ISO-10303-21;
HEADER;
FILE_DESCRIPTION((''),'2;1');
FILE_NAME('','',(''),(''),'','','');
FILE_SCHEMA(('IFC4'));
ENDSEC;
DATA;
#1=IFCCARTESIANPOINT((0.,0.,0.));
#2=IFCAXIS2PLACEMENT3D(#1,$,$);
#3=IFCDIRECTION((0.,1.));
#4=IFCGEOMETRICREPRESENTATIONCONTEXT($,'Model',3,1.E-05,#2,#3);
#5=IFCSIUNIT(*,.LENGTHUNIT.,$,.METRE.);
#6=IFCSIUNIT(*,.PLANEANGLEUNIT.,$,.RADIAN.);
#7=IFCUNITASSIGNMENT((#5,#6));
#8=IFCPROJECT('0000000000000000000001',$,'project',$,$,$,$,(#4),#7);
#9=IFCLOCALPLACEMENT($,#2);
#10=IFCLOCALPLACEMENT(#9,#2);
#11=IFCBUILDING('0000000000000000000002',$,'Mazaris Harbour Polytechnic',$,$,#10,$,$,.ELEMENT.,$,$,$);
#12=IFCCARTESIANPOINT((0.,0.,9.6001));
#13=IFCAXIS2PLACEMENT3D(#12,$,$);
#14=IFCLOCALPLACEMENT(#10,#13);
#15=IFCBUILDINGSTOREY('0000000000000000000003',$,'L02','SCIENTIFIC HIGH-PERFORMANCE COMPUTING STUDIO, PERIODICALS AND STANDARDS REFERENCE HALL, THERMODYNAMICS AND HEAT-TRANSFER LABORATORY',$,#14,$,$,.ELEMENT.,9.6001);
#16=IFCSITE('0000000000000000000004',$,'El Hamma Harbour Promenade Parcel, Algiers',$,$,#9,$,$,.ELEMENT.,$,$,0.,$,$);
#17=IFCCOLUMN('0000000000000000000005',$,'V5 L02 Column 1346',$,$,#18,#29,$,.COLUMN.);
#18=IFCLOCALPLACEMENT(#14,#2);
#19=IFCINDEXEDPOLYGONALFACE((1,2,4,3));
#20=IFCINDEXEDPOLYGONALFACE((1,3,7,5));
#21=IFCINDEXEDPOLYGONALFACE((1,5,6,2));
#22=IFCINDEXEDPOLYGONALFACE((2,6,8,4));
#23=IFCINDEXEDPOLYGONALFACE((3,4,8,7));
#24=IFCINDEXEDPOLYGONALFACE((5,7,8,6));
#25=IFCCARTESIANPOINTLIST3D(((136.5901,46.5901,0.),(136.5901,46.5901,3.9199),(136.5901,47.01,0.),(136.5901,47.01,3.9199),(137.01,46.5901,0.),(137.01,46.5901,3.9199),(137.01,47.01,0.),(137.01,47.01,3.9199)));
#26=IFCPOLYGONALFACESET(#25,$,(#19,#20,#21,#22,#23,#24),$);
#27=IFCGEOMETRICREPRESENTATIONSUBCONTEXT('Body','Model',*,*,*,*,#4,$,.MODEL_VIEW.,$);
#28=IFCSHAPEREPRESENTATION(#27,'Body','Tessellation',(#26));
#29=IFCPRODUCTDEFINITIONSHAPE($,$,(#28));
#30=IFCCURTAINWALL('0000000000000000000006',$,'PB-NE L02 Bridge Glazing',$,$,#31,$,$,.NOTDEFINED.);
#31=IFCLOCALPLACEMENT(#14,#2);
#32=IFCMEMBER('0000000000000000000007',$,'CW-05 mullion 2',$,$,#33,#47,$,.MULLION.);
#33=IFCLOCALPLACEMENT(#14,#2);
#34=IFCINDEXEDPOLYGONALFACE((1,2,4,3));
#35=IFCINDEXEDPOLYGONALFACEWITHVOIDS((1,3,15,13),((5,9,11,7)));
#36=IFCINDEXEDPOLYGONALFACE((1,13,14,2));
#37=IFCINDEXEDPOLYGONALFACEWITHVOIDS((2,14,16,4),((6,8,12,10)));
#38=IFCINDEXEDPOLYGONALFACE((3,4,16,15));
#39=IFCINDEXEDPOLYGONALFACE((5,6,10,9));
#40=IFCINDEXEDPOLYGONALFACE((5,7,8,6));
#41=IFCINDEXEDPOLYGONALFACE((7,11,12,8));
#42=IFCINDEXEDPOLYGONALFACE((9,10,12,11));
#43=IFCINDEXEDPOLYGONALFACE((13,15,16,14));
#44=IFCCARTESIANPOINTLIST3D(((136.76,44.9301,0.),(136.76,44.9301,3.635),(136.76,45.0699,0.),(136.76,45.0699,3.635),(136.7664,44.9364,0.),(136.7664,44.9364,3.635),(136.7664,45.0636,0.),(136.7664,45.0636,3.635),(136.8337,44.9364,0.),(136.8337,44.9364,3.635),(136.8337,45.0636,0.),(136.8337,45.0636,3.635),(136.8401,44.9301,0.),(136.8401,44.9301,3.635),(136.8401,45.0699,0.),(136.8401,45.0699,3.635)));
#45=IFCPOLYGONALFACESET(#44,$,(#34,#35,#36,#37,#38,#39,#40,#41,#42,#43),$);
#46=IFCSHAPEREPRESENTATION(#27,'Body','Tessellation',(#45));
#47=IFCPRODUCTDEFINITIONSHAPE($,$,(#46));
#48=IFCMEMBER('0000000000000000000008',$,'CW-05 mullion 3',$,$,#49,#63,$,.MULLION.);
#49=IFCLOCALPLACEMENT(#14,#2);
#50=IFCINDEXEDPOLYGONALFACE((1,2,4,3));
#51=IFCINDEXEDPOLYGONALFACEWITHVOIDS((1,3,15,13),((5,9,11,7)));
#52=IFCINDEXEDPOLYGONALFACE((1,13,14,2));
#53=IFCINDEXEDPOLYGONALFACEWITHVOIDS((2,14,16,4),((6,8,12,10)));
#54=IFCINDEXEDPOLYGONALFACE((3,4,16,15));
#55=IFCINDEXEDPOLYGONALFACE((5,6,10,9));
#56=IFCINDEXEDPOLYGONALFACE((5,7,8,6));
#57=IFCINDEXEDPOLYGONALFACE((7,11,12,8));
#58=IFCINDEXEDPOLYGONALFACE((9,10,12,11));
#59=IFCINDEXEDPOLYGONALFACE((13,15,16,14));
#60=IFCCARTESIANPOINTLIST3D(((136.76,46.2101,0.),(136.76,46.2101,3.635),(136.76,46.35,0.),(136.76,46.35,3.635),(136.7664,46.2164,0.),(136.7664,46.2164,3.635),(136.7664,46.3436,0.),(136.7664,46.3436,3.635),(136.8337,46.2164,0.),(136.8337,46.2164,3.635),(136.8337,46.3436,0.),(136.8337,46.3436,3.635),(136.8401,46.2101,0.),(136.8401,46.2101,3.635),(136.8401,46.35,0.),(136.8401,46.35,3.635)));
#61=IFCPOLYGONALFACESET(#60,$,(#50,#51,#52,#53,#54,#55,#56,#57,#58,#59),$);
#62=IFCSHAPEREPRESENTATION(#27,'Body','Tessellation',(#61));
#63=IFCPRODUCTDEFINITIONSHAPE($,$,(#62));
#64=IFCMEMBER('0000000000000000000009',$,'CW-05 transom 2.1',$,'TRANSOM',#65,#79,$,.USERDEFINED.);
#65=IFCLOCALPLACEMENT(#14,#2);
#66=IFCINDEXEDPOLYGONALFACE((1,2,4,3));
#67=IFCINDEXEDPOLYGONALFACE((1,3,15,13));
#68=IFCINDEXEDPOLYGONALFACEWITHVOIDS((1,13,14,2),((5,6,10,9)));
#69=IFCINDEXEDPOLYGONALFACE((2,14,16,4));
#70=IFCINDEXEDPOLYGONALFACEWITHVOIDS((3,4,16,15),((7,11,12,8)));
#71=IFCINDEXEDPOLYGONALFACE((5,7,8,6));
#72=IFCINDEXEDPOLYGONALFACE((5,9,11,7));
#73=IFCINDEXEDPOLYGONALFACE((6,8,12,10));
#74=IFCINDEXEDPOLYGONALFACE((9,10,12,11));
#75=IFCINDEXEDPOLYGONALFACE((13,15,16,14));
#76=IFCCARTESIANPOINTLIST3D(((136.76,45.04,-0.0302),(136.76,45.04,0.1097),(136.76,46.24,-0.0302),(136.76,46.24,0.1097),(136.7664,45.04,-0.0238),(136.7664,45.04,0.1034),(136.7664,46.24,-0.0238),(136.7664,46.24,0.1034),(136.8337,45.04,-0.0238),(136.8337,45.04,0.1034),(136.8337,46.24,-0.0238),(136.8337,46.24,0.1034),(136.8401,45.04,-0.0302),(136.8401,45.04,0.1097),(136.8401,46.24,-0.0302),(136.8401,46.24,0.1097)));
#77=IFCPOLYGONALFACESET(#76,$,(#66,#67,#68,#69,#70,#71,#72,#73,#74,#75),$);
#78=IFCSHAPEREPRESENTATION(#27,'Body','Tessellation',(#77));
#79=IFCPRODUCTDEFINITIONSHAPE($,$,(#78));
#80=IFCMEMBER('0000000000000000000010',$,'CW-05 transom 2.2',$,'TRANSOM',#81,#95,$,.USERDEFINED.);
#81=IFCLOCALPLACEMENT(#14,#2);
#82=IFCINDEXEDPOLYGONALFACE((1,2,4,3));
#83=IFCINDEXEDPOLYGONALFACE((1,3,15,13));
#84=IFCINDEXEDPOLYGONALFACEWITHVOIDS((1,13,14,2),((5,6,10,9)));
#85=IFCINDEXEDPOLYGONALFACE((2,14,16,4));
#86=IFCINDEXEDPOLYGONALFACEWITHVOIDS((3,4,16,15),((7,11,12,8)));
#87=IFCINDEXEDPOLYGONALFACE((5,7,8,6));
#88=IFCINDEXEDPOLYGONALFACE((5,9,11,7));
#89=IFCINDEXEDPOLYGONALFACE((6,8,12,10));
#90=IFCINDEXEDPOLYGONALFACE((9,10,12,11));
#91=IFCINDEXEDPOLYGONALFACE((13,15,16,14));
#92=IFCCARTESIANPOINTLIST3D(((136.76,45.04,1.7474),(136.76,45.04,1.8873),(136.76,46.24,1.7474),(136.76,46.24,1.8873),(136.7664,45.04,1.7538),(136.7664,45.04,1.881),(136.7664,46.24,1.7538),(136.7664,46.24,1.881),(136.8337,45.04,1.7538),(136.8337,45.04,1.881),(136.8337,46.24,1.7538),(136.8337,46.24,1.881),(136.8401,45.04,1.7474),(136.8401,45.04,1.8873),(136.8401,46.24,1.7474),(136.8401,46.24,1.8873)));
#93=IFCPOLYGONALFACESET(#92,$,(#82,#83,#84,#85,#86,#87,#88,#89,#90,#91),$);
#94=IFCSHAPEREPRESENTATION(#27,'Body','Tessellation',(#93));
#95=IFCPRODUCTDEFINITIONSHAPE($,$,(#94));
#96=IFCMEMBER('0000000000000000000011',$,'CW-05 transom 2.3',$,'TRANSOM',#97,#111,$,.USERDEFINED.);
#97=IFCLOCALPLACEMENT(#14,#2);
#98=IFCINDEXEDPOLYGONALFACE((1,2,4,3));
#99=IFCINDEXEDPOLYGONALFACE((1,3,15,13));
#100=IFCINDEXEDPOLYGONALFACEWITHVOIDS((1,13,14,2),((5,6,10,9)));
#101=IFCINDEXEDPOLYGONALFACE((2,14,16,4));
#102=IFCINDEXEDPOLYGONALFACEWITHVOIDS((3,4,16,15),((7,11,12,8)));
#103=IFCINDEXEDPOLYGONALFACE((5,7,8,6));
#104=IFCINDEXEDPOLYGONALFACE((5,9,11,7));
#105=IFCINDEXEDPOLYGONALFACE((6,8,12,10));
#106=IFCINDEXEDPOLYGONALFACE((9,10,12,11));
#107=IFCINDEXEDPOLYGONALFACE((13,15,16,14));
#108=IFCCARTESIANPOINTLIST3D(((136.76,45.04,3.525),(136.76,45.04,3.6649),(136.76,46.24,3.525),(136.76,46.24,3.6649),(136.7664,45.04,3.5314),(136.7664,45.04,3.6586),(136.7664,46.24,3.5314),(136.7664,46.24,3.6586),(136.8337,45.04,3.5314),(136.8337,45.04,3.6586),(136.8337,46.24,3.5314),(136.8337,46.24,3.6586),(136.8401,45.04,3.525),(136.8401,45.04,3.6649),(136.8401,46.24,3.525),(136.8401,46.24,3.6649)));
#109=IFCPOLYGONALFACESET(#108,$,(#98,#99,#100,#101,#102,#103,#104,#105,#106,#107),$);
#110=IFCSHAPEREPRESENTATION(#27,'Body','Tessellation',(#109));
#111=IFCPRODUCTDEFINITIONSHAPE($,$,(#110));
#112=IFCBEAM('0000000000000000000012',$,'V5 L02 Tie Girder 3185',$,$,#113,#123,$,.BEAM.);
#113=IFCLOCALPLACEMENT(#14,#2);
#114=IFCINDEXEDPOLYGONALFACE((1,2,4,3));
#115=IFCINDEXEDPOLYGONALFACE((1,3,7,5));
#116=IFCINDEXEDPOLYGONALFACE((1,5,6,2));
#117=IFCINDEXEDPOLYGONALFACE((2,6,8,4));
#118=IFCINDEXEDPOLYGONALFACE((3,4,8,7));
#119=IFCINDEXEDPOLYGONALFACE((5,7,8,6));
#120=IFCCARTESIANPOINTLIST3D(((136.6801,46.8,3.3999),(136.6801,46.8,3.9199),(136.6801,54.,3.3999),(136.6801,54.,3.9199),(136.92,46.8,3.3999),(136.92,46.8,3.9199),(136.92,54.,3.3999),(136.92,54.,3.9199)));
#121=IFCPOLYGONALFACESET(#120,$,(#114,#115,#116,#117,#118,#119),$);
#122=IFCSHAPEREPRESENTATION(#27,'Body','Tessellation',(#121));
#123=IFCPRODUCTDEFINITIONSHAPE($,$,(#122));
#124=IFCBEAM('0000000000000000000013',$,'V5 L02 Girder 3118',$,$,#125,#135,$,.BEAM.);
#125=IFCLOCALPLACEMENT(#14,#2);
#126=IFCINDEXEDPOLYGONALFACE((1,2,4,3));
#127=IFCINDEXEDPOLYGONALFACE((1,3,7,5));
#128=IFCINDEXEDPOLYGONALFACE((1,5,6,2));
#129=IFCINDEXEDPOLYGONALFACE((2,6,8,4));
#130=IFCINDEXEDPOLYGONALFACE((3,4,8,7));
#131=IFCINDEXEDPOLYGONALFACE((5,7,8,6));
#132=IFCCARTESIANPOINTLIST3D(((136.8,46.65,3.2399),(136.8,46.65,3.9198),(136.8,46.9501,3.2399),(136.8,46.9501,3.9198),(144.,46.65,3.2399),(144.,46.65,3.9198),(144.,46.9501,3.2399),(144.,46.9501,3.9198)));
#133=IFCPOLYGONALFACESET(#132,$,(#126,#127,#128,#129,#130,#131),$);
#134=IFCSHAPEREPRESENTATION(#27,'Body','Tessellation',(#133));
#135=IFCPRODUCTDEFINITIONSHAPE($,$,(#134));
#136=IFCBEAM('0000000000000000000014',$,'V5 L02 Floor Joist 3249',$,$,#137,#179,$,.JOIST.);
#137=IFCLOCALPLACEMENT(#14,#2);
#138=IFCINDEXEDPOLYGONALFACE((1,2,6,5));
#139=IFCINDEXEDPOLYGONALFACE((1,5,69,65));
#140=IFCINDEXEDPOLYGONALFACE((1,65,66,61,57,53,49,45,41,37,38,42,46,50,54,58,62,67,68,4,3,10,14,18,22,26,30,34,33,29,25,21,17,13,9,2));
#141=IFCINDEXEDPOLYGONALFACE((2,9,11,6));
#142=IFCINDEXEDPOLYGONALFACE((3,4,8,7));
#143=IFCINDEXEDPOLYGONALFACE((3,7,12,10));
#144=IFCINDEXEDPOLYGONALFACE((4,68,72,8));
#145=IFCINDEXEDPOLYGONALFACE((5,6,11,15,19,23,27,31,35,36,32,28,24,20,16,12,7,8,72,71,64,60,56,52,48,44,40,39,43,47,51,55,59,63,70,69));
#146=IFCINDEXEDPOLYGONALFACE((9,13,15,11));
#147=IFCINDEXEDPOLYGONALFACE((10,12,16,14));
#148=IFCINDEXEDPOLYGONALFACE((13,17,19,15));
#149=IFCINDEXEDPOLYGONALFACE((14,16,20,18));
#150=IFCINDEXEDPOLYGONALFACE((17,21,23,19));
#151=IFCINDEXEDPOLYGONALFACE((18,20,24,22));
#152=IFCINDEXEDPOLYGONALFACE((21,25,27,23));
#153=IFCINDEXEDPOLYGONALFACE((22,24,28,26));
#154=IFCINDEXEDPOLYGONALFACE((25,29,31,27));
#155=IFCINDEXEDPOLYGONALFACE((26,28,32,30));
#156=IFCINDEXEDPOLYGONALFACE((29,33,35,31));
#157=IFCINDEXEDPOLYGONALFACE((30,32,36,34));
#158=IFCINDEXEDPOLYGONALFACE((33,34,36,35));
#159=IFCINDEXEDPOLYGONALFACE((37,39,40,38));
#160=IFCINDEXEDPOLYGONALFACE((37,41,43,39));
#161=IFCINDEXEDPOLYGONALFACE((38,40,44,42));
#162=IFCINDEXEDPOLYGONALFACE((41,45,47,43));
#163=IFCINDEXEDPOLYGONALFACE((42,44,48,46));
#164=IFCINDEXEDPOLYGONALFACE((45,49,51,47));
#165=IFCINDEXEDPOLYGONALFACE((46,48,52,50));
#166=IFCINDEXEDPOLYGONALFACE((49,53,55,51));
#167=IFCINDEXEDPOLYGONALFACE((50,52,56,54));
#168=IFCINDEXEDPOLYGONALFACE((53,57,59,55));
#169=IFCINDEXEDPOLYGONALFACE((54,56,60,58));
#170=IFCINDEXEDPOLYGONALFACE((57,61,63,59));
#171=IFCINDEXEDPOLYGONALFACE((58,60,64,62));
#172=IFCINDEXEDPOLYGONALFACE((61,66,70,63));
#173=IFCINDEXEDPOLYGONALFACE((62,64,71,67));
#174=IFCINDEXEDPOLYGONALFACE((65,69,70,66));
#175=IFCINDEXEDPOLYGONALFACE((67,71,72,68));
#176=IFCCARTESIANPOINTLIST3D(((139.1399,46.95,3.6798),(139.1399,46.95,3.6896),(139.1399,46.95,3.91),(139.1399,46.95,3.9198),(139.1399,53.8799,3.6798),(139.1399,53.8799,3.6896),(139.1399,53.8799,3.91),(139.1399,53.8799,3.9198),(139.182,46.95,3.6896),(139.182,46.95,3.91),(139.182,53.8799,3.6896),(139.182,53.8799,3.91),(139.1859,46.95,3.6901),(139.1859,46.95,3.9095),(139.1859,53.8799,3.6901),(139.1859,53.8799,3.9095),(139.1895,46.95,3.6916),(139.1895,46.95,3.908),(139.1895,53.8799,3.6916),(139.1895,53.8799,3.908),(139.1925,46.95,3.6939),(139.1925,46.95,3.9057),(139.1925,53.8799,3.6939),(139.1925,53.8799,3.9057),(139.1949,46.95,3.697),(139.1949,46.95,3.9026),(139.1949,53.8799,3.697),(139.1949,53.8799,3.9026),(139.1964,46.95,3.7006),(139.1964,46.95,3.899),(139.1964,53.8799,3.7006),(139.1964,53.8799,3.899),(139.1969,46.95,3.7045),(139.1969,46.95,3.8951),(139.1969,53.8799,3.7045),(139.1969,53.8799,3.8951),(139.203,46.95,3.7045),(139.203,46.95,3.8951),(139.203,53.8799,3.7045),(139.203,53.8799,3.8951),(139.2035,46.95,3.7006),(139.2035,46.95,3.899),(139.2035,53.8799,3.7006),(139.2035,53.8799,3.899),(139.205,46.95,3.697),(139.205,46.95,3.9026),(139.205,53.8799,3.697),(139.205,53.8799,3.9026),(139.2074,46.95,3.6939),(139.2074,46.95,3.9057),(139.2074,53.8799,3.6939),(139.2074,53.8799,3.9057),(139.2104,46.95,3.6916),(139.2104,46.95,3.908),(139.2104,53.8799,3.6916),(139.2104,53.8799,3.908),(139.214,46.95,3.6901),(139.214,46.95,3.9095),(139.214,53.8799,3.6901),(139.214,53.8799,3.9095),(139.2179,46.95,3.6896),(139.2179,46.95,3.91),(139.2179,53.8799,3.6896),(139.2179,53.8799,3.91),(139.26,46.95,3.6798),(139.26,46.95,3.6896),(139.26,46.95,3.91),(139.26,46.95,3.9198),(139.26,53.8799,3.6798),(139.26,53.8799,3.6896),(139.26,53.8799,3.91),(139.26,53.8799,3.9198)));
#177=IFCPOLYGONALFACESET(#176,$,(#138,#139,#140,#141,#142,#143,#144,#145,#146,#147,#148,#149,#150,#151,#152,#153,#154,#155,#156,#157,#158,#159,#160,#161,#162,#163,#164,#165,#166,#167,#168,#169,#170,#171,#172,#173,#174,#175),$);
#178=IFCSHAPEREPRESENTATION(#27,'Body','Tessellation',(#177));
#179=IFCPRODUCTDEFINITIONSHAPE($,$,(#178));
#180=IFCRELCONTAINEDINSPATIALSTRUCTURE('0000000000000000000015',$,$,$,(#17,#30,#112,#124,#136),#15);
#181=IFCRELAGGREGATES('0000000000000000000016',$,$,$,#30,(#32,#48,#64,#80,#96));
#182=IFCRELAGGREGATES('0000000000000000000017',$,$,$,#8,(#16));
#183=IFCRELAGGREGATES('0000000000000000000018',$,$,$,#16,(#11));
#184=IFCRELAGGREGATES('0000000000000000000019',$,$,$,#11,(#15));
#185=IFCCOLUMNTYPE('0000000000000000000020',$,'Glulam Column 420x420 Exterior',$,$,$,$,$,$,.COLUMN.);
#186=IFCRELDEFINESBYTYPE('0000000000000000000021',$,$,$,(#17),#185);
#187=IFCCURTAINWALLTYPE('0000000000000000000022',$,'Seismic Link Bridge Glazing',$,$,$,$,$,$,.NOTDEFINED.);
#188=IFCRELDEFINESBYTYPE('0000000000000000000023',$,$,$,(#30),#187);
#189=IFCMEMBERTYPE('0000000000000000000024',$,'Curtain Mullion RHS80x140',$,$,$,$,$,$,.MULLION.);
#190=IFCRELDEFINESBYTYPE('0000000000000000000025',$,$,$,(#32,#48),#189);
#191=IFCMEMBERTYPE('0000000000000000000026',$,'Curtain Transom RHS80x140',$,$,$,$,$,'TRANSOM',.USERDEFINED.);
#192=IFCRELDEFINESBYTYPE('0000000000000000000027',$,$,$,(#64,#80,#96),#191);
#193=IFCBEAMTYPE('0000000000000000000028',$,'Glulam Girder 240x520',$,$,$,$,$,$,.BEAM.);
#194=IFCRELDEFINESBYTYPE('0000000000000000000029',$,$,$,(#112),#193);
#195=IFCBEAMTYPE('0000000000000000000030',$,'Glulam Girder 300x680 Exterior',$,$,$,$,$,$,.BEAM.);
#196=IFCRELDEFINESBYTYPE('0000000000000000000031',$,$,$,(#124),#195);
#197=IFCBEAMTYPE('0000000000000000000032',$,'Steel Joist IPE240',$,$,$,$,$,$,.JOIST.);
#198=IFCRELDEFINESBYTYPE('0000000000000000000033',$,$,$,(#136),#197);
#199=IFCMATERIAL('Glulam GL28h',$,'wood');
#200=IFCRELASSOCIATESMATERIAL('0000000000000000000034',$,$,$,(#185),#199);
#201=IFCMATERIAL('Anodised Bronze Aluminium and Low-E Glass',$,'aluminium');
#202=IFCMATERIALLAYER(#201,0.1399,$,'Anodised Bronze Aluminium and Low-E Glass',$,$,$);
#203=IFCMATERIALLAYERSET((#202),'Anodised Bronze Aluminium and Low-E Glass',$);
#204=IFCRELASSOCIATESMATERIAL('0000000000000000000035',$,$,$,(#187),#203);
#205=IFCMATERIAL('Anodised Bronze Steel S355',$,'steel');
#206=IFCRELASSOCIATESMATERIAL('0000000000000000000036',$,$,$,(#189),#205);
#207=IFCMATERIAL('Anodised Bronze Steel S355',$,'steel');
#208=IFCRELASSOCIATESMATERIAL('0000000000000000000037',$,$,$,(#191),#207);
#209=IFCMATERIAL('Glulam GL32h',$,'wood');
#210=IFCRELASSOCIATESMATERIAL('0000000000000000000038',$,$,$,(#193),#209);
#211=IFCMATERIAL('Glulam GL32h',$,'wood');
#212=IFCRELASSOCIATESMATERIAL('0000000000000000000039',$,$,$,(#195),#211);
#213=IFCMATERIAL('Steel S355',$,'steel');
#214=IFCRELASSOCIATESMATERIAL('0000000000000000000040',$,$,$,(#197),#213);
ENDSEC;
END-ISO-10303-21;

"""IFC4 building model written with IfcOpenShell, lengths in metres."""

from ifc_helpers import new_model, si_unit, direction, frame, origin, origin_2d, place, context, subcontext, project, spatial, rectangle, hollow_rectangle, i_section, extrude, material, layer, layer_set, material_profile, profile_set, type_object, element, aggregate, save


model = new_model("IFC4")

# Units and contexts
model_context = context("Model", 3, precision=1e-05, world=origin(), true_north=direction((0.0, 1.0)))
body_context = subcontext(model_context, "Body", "Model", "MODEL_VIEW")
ifc_project = project(units=[si_unit("LENGTHUNIT", "METRE"), si_unit("PLANEANGLEUNIT", "RADIAN")], contexts=[model_context])

# Site, building, storey
site_placement = place(None, origin())
site = spatial("IfcSite", under=ifc_project, at=site_placement, Name="El Hamma Harbour Promenade Parcel, Algiers", CompositionType="ELEMENT", RefElevation=0.0)
building_placement = place(site_placement, origin())
building = spatial("IfcBuilding", under=site, at=building_placement, Name="Mazaris Harbour Polytechnic", CompositionType="ELEMENT")
storey_placement = place(building_placement, frame((0.0, 0.0, 9.6001)))
storey = spatial("IfcBuildingStorey", under=building, at=storey_placement, Name="L02", Description="SCIENTIFIC HIGH-PERFORMANCE COMPUTING STUDIO, PERIODICALS AND STANDARDS REFERENCE HALL, THERMODYNAMICS AND HEAT-TRANSFER LABORATORY", CompositionType="ELEMENT", Elevation=9.6001)

# Column
ifc_material_1 = material(Name="Glulam GL28h", Category="wood")
ifc_material_profile_1 = material_profile(ifc_material_1, rectangle(XDim=0.4199, YDim=0.4199, at=origin_2d()), Name="RECT420x420")
ifc_profile_set_1 = profile_set([ifc_material_profile_1], Name="Glulam GL28h")
column_type = type_object("IfcColumnType", Name="Glulam Column 420x420 Exterior", PredefinedType="COLUMN", material=ifc_profile_set_1)
column_placement = place(storey_placement, frame((136.8, 46.8, 0.0), z_axis=(0.0, 0.0, 1.0), x_axis=(1.0, 0.0, 0.0)))
element("IfcColumn", 1, at=column_placement, inside=storey, type_object=column_type, Name="V5 L02 Column 1346", PredefinedType="COLUMN", context=body_context, shape_type="SweptSolid", body=[
    extrude(rectangle(XDim=0.4199, YDim=0.4199, at=origin_2d()), origin(), (0.0, 0.0, 1.0), 3.9199),
])

# Curtain wall, members
ifc_material_2 = material(Name="Anodised Bronze Aluminium and Low-E Glass", Category="aluminium")
ifc_layer_1 = layer(ifc_material_2, 0.1399, Name="Anodised Bronze Aluminium and Low-E Glass")
ifc_layer_set_1 = layer_set([ifc_layer_1], Name="Anodised Bronze Aluminium and Low-E Glass")
curtain_wall_type = type_object("IfcCurtainWallType", Name="Seismic Link Bridge Glazing", PredefinedType="NOTDEFINED", material=ifc_layer_set_1)
curtain_wall_placement = place(storey_placement, origin())
curtain_wall = element("IfcCurtainWall", 2, at=curtain_wall_placement, inside=storey, type_object=curtain_wall_type, Name="PB-NE L02 Bridge Glazing", PredefinedType="NOTDEFINED")
ifc_material_3 = material(Name="Anodised Bronze Steel S355", Category="steel")
ifc_material_profile_2 = material_profile(ifc_material_3, hollow_rectangle(XDim=0.0801, YDim=0.1399, WallThickness=0.0063, at=origin_2d()), Name="RHS 80x140x6.3")
ifc_profile_set_2 = profile_set([ifc_material_profile_2], Name="Anodised Bronze Steel S355")
member_type_1 = type_object("IfcMemberType", Name="Curtain Mullion RHS80x140", PredefinedType="MULLION", material=ifc_profile_set_2)
member_1_placement = place(storey_placement, frame((136.8, 45.0, 0.0), z_axis=(0.0, 0.0, 1.0), x_axis=(-1.0, 0.0, 0.0)))
member_1 = element("IfcMember", 3, at=member_1_placement, type_object=member_type_1, Name="CW-05 mullion 2", PredefinedType="MULLION", context=body_context, shape_type="SweptSolid", body=[
    extrude(hollow_rectangle(XDim=0.0801, YDim=0.1399, WallThickness=0.0063, at=origin_2d()), origin(), (0.0, 0.0, 1.0), 3.635),
])
member_2_placement = place(storey_placement, frame((136.8, 46.28, 0.0), z_axis=(0.0, 0.0, 1.0), x_axis=(-1.0, 0.0, 0.0)))
member_2 = element("IfcMember", 4, at=member_2_placement, type_object=member_type_1, Name="CW-05 mullion 3", PredefinedType="MULLION", context=body_context, shape_type="SweptSolid", body=[
    extrude(hollow_rectangle(XDim=0.0801, YDim=0.1399, WallThickness=0.0063, at=origin_2d()), origin(), (0.0, 0.0, 1.0), 3.635),
])
ifc_material_4 = material(Name="Anodised Bronze Steel S355", Category="steel")
ifc_material_profile_3 = material_profile(ifc_material_4, hollow_rectangle(XDim=0.0801, YDim=0.1399, WallThickness=0.0063, at=origin_2d()), Name="RHS 80x140x6.3")
ifc_profile_set_3 = profile_set([ifc_material_profile_3], Name="Anodised Bronze Steel S355")
member_type_2 = type_object("IfcMemberType", Name="Curtain Transom RHS80x140", ElementType="TRANSOM", PredefinedType="USERDEFINED", material=ifc_profile_set_3)
member_3_placement = place(storey_placement, frame((136.8, 45.04, 0.0398), z_axis=(0.0, 1.0, 0.0), x_axis=(-1.0, 0.0, 0.0)))
member_3 = element("IfcMember", 5, at=member_3_placement, type_object=member_type_2, Name="CW-05 transom 2.1", ObjectType="TRANSOM", PredefinedType="USERDEFINED", context=body_context, shape_type="SweptSolid", body=[
    extrude(hollow_rectangle(XDim=0.0801, YDim=0.1399, WallThickness=0.0063, at=origin_2d()), origin(), (0.0, 0.0, 1.0), 1.2),
])
member_4_placement = place(storey_placement, frame((136.8, 45.04, 1.8174), z_axis=(0.0, 1.0, 0.0), x_axis=(-1.0, 0.0, 0.0)))
member_4 = element("IfcMember", 6, at=member_4_placement, type_object=member_type_2, Name="CW-05 transom 2.2", ObjectType="TRANSOM", PredefinedType="USERDEFINED", context=body_context, shape_type="SweptSolid", body=[
    extrude(hollow_rectangle(XDim=0.0801, YDim=0.1399, WallThickness=0.0063, at=origin_2d()), origin(), (0.0, 0.0, 1.0), 1.2),
])
member_5_placement = place(storey_placement, frame((136.8, 45.04, 3.595), z_axis=(0.0, 1.0, 0.0), x_axis=(-1.0, 0.0, 0.0)))
member_5 = element("IfcMember", 7, at=member_5_placement, type_object=member_type_2, Name="CW-05 transom 2.3", ObjectType="TRANSOM", PredefinedType="USERDEFINED", context=body_context, shape_type="SweptSolid", body=[
    extrude(hollow_rectangle(XDim=0.0801, YDim=0.1399, WallThickness=0.0063, at=origin_2d()), origin(), (0.0, 0.0, 1.0), 1.2),
])

# Beams
ifc_material_5 = material(Name="Glulam GL32h", Category="wood")
ifc_material_profile_4 = material_profile(ifc_material_5, rectangle(XDim=0.24, YDim=0.52, at=origin_2d()), Name="RECT240x520")
ifc_profile_set_4 = profile_set([ifc_material_profile_4], Name="Glulam GL32h")
beam_type_1 = type_object("IfcBeamType", Name="Glulam Girder 240x520", PredefinedType="BEAM", material=ifc_profile_set_4)
beam_1_placement = place(storey_placement, frame((136.8, 46.8, 3.6599), z_axis=(0.0, 1.0, 0.0), x_axis=(-1.0, 0.0, 0.0)))
element("IfcBeam", 8, at=beam_1_placement, inside=storey, type_object=beam_type_1, Name="V5 L02 Tie Girder 3185", PredefinedType="BEAM", context=body_context, shape_type="SweptSolid", body=[
    extrude(rectangle(XDim=0.24, YDim=0.52, at=origin_2d()), origin(), (0.0, 0.0, 1.0), 7.2),
])
ifc_material_6 = material(Name="Glulam GL32h", Category="wood")
ifc_material_profile_5 = material_profile(ifc_material_6, rectangle(XDim=0.3, YDim=0.6799, at=origin_2d()), Name="RECT300x680")
ifc_profile_set_5 = profile_set([ifc_material_profile_5], Name="Glulam GL32h")
beam_type_2 = type_object("IfcBeamType", Name="Glulam Girder 300x680 Exterior", PredefinedType="BEAM", material=ifc_profile_set_5)
beam_2_placement = place(storey_placement, frame((136.8, 46.8, 3.5798), z_axis=(1.0, 0.0, 0.0), x_axis=(0.0, 1.0, 0.0)))
element("IfcBeam", 9, at=beam_2_placement, inside=storey, type_object=beam_type_2, Name="V5 L02 Girder 3118", PredefinedType="BEAM", context=body_context, shape_type="SweptSolid", body=[
    extrude(rectangle(XDim=0.3, YDim=0.6799, at=origin_2d()), origin(), (0.0, 0.0, 1.0), 7.2),
])
ifc_material_7 = material(Name="Steel S355", Category="steel")
ifc_material_profile_6 = material_profile(ifc_material_7, i_section(OverallWidth=0.1201, OverallDepth=0.24, WebThickness=0.0061, FlangeThickness=0.0098, FilletRadius=0.0149, at=origin_2d()), Name="IPE 240")
ifc_profile_set_6 = profile_set([ifc_material_profile_6], Name="Steel S355")
beam_type_3 = type_object("IfcBeamType", Name="Steel Joist IPE240", PredefinedType="JOIST", material=ifc_profile_set_6)
beam_3_placement = place(storey_placement, frame((139.2, 46.95, 3.7998), z_axis=(0.0, 1.0, 0.0), x_axis=(-1.0, 0.0, 0.0)))
element("IfcBeam", 10, at=beam_3_placement, inside=storey, type_object=beam_type_3, Name="V5 L02 Floor Joist 3249", PredefinedType="JOIST", context=body_context, shape_type="SweptSolid", body=[
    extrude(i_section(OverallWidth=0.1201, OverallDepth=0.24, WebThickness=0.0061, FlangeThickness=0.0098, FilletRadius=0.0149, at=origin_2d()), origin(), (0.0, 0.0, 1.0), 6.9299),
])

aggregate(curtain_wall, [member_1, member_2, member_3, member_4, member_5])

save(model, "model.ifc")
